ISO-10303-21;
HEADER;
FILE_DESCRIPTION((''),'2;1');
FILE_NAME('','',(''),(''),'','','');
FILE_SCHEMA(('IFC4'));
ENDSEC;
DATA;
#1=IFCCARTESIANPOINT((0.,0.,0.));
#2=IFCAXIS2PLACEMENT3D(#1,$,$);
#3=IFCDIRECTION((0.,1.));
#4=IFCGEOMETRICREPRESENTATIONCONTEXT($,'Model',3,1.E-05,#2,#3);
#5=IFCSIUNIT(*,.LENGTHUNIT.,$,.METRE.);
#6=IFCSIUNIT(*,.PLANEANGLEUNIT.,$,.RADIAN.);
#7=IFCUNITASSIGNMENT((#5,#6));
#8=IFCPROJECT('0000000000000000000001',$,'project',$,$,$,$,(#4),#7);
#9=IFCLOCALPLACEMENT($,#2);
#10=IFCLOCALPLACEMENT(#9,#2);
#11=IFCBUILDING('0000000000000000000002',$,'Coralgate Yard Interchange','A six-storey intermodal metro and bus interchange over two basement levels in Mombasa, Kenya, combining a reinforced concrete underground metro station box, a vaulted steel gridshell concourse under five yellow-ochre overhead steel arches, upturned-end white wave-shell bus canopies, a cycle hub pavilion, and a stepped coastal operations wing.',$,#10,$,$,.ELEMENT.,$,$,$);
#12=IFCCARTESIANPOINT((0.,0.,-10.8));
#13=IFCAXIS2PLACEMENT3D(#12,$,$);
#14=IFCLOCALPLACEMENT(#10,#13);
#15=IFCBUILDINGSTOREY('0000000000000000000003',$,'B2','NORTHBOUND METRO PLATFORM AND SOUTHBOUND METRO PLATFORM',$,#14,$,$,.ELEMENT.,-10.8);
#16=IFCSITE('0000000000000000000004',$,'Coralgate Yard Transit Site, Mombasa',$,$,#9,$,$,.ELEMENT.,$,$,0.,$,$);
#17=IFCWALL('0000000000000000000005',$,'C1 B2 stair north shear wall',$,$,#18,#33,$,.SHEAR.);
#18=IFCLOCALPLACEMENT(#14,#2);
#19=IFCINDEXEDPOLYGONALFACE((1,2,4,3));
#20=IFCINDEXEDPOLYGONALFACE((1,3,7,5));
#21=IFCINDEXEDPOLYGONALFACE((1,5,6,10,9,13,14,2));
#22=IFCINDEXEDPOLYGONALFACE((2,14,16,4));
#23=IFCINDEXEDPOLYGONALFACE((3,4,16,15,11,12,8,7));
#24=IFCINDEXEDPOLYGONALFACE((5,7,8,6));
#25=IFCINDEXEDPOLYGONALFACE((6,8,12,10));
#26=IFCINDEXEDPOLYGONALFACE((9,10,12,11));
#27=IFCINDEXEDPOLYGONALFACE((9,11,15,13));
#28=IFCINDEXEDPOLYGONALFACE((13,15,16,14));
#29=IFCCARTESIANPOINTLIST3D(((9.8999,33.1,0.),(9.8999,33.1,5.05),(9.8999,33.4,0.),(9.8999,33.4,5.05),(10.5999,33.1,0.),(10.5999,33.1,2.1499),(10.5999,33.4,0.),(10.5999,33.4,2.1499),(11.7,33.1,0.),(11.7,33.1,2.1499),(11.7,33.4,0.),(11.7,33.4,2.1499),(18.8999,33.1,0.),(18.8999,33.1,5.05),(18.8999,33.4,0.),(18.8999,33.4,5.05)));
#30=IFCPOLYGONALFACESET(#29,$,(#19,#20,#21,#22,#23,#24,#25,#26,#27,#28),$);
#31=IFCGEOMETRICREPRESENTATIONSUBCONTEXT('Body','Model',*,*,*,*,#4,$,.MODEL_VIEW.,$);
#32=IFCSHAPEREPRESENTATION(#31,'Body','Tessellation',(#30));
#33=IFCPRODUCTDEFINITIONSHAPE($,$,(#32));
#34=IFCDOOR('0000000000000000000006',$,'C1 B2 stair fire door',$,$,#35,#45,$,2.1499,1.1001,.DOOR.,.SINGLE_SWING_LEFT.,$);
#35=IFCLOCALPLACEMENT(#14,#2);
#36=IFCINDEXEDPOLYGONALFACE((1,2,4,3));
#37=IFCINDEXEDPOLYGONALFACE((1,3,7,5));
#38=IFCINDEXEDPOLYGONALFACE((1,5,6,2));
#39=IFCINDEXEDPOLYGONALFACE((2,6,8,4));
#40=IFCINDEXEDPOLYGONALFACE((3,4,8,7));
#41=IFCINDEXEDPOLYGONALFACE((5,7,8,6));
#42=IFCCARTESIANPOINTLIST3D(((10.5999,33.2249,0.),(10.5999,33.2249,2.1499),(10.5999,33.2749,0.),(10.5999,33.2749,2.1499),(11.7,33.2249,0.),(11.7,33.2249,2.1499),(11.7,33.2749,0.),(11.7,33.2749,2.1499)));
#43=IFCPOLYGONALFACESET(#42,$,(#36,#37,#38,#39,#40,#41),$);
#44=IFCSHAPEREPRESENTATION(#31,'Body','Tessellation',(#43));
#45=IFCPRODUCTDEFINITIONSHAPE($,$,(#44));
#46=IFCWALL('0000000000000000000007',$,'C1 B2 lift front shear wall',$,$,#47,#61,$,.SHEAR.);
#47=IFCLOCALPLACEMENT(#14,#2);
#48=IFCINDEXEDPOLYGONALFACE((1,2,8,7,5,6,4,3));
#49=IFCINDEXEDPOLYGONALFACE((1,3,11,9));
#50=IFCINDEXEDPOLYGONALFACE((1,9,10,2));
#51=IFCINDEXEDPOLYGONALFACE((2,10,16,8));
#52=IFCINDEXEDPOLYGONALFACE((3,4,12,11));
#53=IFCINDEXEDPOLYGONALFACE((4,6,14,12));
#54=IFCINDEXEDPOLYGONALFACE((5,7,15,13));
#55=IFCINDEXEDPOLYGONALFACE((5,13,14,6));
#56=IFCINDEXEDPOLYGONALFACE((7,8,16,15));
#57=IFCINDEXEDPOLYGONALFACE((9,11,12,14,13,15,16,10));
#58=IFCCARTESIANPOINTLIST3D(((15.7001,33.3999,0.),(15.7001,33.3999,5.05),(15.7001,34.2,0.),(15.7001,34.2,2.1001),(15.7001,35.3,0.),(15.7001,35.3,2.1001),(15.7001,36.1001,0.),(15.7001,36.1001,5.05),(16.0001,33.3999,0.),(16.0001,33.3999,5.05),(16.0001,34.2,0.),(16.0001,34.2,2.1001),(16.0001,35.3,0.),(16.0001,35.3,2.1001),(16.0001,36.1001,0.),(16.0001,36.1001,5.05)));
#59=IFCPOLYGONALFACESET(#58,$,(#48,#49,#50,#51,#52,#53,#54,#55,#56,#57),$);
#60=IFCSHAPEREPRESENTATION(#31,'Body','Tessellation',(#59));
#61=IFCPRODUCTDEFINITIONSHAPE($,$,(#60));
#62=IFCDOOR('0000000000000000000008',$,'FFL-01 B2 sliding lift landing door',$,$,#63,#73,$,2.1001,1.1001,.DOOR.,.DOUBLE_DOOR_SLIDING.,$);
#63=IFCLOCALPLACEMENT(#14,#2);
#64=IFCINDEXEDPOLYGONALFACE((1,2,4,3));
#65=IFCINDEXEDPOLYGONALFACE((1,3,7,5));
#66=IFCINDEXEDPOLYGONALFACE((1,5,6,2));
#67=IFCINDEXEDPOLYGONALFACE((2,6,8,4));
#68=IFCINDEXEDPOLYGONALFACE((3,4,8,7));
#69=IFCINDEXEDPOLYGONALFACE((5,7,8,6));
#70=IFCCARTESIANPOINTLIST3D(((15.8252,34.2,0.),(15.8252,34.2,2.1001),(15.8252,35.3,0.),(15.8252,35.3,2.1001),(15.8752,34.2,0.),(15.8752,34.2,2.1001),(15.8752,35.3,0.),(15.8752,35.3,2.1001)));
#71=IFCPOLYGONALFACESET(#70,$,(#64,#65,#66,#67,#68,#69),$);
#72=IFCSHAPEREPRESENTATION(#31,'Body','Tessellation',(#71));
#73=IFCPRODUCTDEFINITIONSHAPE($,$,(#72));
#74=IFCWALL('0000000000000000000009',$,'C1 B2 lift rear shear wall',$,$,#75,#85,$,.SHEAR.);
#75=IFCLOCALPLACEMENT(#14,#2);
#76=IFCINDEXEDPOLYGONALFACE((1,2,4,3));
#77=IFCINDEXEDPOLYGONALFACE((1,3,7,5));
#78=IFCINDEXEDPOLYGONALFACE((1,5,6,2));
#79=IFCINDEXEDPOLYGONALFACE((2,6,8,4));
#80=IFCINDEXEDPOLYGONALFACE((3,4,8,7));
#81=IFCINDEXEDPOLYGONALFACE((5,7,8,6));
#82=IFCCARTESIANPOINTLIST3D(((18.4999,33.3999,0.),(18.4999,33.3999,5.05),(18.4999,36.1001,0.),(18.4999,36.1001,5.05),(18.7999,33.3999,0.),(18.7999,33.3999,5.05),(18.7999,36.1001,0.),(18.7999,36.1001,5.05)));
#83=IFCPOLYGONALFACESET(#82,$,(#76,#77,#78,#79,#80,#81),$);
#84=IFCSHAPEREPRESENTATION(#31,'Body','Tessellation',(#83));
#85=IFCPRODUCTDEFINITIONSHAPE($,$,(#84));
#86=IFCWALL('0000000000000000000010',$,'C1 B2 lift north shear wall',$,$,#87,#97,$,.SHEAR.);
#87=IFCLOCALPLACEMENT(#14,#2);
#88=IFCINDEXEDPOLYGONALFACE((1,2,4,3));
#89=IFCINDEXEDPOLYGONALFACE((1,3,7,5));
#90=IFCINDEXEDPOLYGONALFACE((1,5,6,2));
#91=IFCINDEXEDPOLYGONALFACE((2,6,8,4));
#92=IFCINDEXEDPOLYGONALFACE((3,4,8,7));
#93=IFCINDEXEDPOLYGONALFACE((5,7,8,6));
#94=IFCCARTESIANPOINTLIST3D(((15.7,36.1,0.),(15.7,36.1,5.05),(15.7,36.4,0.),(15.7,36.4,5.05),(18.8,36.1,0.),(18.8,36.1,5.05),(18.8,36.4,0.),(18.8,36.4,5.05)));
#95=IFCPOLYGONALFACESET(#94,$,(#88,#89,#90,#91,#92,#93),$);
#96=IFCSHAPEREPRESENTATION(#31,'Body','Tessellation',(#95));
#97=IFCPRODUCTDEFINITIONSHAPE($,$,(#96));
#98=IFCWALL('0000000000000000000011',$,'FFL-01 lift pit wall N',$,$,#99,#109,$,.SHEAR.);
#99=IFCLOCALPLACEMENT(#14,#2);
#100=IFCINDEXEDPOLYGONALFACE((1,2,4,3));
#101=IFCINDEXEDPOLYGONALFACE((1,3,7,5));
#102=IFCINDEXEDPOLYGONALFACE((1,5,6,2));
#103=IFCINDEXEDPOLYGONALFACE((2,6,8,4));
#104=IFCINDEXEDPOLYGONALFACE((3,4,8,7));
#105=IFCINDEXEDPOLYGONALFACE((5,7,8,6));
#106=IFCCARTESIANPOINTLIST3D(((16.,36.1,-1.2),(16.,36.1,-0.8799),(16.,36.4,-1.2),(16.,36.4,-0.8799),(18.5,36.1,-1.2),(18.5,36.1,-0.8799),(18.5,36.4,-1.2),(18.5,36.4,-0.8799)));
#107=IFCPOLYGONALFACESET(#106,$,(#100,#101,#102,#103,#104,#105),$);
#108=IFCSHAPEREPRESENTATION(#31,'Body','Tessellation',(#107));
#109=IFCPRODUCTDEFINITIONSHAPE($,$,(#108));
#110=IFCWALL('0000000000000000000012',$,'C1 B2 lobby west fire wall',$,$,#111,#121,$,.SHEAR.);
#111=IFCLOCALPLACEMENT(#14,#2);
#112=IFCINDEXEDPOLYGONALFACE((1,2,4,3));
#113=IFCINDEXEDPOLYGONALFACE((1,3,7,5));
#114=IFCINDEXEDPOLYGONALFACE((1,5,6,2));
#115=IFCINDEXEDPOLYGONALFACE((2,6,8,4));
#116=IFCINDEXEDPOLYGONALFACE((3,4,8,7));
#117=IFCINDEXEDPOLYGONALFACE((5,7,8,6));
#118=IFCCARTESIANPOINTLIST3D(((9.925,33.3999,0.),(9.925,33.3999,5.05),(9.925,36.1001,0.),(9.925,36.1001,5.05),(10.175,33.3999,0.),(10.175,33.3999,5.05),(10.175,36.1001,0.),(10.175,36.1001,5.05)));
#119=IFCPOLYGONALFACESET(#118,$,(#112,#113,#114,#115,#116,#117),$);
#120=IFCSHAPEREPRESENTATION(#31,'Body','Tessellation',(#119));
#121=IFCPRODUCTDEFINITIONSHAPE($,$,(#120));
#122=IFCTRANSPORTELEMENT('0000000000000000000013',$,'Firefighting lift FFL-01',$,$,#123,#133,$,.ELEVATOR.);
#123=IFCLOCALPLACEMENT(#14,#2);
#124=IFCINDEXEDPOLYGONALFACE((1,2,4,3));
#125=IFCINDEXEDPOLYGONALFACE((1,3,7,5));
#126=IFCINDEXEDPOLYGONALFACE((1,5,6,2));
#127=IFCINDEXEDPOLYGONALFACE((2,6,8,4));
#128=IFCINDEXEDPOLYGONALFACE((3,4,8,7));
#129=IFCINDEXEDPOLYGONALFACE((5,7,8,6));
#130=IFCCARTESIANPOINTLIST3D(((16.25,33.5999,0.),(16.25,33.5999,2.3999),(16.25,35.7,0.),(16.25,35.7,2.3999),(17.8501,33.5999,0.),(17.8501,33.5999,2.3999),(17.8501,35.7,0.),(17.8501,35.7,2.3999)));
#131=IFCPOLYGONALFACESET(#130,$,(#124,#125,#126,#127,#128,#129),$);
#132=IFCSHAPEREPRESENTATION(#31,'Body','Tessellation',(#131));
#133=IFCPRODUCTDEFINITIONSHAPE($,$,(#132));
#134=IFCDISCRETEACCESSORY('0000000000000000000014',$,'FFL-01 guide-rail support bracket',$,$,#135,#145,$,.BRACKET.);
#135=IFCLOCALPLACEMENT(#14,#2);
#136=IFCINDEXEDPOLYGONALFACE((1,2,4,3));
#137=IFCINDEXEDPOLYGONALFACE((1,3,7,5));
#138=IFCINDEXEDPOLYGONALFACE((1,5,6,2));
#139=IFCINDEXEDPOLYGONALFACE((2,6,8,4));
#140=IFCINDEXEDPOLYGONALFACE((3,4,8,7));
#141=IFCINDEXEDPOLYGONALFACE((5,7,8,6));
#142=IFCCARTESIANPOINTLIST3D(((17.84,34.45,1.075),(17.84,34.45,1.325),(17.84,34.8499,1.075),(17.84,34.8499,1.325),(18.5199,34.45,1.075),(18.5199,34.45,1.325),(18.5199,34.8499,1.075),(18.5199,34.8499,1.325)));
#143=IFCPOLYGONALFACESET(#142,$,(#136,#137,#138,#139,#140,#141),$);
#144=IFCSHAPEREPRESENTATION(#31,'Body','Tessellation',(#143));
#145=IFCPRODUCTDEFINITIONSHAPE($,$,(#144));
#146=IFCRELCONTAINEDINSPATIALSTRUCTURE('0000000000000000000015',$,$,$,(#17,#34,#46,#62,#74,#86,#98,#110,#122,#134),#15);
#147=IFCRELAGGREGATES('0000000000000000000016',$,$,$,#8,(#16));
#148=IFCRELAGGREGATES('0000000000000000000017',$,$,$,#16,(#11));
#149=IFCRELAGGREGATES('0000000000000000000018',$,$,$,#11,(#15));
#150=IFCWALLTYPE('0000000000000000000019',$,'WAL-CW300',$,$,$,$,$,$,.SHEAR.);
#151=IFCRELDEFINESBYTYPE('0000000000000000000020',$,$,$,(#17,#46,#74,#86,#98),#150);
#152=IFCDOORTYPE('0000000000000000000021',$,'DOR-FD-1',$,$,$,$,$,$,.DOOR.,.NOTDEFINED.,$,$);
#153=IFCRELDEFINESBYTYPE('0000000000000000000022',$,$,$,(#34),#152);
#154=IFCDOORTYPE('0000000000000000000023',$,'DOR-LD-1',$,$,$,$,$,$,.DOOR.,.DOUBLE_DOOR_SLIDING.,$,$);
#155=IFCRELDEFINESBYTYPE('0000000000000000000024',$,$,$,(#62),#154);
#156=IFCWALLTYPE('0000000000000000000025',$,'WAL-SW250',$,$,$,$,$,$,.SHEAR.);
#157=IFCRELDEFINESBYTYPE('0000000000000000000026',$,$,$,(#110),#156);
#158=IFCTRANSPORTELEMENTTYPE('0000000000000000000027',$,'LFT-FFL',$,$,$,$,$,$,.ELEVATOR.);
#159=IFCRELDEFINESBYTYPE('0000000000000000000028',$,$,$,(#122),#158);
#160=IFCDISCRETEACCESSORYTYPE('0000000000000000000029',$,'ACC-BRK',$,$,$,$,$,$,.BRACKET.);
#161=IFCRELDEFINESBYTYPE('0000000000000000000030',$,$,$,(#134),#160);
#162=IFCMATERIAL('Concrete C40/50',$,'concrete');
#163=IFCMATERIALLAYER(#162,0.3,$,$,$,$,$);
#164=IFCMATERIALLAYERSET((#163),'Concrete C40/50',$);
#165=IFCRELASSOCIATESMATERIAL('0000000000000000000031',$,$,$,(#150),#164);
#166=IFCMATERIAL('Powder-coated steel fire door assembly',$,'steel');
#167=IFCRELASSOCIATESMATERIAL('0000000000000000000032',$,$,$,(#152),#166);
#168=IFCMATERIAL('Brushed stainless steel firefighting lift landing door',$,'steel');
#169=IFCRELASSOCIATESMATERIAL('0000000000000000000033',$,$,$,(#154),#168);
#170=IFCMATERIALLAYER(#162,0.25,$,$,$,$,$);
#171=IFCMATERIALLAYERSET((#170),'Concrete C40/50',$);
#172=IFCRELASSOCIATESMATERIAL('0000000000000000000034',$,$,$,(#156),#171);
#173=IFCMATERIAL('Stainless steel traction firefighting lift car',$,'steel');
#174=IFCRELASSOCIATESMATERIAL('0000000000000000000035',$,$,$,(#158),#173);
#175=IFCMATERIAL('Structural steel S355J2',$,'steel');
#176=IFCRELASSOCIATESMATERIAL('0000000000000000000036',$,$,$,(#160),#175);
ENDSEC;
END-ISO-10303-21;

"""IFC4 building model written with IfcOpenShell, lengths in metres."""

from ifc_helpers import new_model, si_unit, direction, frame, frame_2d, origin, origin_2d, place, context, subcontext, project, spatial, rectangle, extrude, material, layer, layer_set, type_object, element, fill, save


model = new_model("IFC4")

# Units and contexts
model_context = context("Model", 3, precision=1e-05, world=origin(), true_north=direction((0.0, 1.0)))
body_context = subcontext(model_context, "Body", "Model", "MODEL_VIEW")
ifc_project = project(units=[si_unit("LENGTHUNIT", "METRE"), si_unit("PLANEANGLEUNIT", "RADIAN")], contexts=[model_context])

# Site, building, storey
site_placement = place(None, origin())
site = spatial("IfcSite", under=ifc_project, at=site_placement, Name="Coralgate Yard Transit Site, Mombasa", CompositionType="ELEMENT", RefElevation=0.0)
building_placement = place(site_placement, origin())
building = spatial("IfcBuilding", under=site, at=building_placement, Name="Coralgate Yard Interchange", Description="A six-storey intermodal metro and bus interchange over two basement levels in Mombasa, Kenya, combining a reinforced concrete underground metro station box, a vaulted steel gridshell concourse under five yellow-ochre overhead steel arches, upturned-end white wave-shell bus canopies, a cycle hub pavilion, and a stepped coastal operations wing.", CompositionType="ELEMENT")
storey_placement = place(building_placement, frame((0.0, 0.0, -10.8)))
storey = spatial("IfcBuildingStorey", under=building, at=storey_placement, Name="B2", Description="NORTHBOUND METRO PLATFORM AND SOUTHBOUND METRO PLATFORM", CompositionType="ELEMENT", Elevation=-10.8)

# Shared definitions
ifc_material_1 = material(Name="Concrete C40/50", Category="concrete")

# Walls, openings, doors
ifc_layer_1 = layer(ifc_material_1, 0.3)
ifc_layer_set_1 = layer_set([ifc_layer_1], Name="Concrete C40/50")
wall_type_1 = type_object("IfcWallType", Name="WAL-CW300", PredefinedType="SHEAR", material=ifc_layer_set_1)
wall_1_placement = place(storey_placement, frame((18.8999, 33.25, 0.0), z_axis=(0.0, 0.0, 1.0), x_axis=(-1.0, 0.0, 0.0)))
wall_1 = element("IfcWall", 1, at=wall_1_placement, inside=storey, type_object=wall_type_1, Name="C1 B2 stair north shear wall", PredefinedType="SHEAR", context=body_context, shape_type="SweptSolid", body=[
    extrude(rectangle(XDim=9.0, YDim=0.3, at=frame_2d((4.5, 0.0))), origin(), (0.0, 0.0, 1.0), 5.05),
])
opening_1_placement = place(wall_1_placement, frame((7.2, 0.0, 0.0)))
opening_1 = element("IfcOpeningElement", 2, at=opening_1_placement, cuts=wall_1, PredefinedType="OPENING", context=body_context, shape_type="SweptSolid", body=[
    extrude(rectangle(XDim=1.1001, YDim=2.1499, at=frame_2d((0.55, 1.075))), frame((0.0, 0.1599, 0.0), z_axis=(0.0, -1.0, 0.0), x_axis=(1.0, 0.0, 0.0)), (0.0, 0.0, 1.0), 0.3201),
])
ifc_material_2 = material(Name="Powder-coated steel fire door assembly", Category="steel")
door_type_1 = type_object("IfcDoorType", Name="DOR-FD-1", OperationType="NOTDEFINED", PredefinedType="DOOR", material=ifc_material_2)
door_1_placement = place(opening_1_placement, frame((1.1001, 0.0, 0.0), z_axis=(0.0, 0.0, 1.0), x_axis=(-1.0, 0.0, 0.0)))
door_1 = element("IfcDoor", 3, at=door_1_placement, inside=storey, type_object=door_type_1, Name="C1 B2 stair fire door", OperationType="SINGLE_SWING_LEFT", OverallHeight=2.1499, OverallWidth=1.1001, PredefinedType="DOOR", context=body_context, shape_type="SweptSolid", body=[
    extrude(rectangle(XDim=1.1001, YDim=2.1499, at=frame_2d((0.55, 1.075))), frame((0.0, 0.0249, 0.0), z_axis=(0.0, -1.0, 0.0), x_axis=(1.0, 0.0, 0.0)), (0.0, 0.0, 1.0), 0.05),
])
fill(opening_1, door_1)
wall_2_placement = place(storey_placement, frame((15.8501, 36.1001, 0.0), z_axis=(0.0, 0.0, 1.0), x_axis=(0.0, -1.0, 0.0)))
wall_2 = element("IfcWall", 4, at=wall_2_placement, inside=storey, type_object=wall_type_1, Name="C1 B2 lift front shear wall", PredefinedType="SHEAR", context=body_context, shape_type="SweptSolid", body=[
    extrude(rectangle(XDim=2.7002, YDim=0.3, at=frame_2d((1.3501, 0.0))), origin(), (0.0, 0.0, 1.0), 5.05),
])
opening_2_placement = place(wall_2_placement, frame((0.8, 0.0, 0.0)))
opening_2 = element("IfcOpeningElement", 5, at=opening_2_placement, cuts=wall_2, PredefinedType="OPENING", context=body_context, shape_type="SweptSolid", body=[
    extrude(rectangle(XDim=1.1001, YDim=2.1001, at=frame_2d((0.55, 1.05))), frame((0.0, 0.1599, 0.0), z_axis=(0.0, -1.0, 0.0), x_axis=(1.0, 0.0, 0.0)), (0.0, 0.0, 1.0), 0.3201),
])
ifc_material_3 = material(Name="Brushed stainless steel firefighting lift landing door", Category="steel")
door_type_2 = type_object("IfcDoorType", Name="DOR-LD-1", OperationType="DOUBLE_DOOR_SLIDING", PredefinedType="DOOR", material=ifc_material_3)
door_2_placement = place(opening_2_placement, frame((1.1001, 0.0, 0.0), z_axis=(0.0, 0.0, 1.0), x_axis=(-1.0, 0.0, 0.0)))
door_2 = element("IfcDoor", 6, at=door_2_placement, inside=storey, type_object=door_type_2, Name="FFL-01 B2 sliding lift landing door", OperationType="DOUBLE_DOOR_SLIDING", OverallHeight=2.1001, OverallWidth=1.1001, PredefinedType="DOOR", context=body_context, shape_type="SweptSolid", body=[
    extrude(rectangle(XDim=1.1001, YDim=2.1001, at=frame_2d((0.55, 1.05))), frame((0.0, 0.0249, 0.0), z_axis=(0.0, -1.0, 0.0), x_axis=(1.0, 0.0, 0.0)), (0.0, 0.0, 1.0), 0.05),
])
fill(opening_2, door_2)

# Walls
wall_3_placement = place(storey_placement, frame((18.6499, 33.3999, 0.0), z_axis=(0.0, 0.0, 1.0), x_axis=(0.0, 1.0, 0.0)))
element("IfcWall", 7, at=wall_3_placement, inside=storey, type_object=wall_type_1, Name="C1 B2 lift rear shear wall", PredefinedType="SHEAR", context=body_context, shape_type="SweptSolid", body=[
    extrude(rectangle(XDim=2.7002, YDim=0.3, at=frame_2d((1.3501, 0.0))), origin(), (0.0, 0.0, 1.0), 5.05),
])
wall_4_placement = place(storey_placement, frame((15.7, 36.25, 0.0), z_axis=(0.0, 0.0, 1.0), x_axis=(1.0, 0.0, 0.0)))
element("IfcWall", 8, at=wall_4_placement, inside=storey, type_object=wall_type_1, Name="C1 B2 lift north shear wall", PredefinedType="SHEAR", context=body_context, shape_type="SweptSolid", body=[
    extrude(rectangle(XDim=3.1001, YDim=0.3, at=frame_2d((1.55, 0.0))), origin(), (0.0, 0.0, 1.0), 5.05),
])
wall_5_placement = place(storey_placement, frame((16.0, 36.25, -1.2), z_axis=(0.0, 0.0, 1.0), x_axis=(1.0, 0.0, 0.0)))
element("IfcWall", 9, at=wall_5_placement, inside=storey, type_object=wall_type_1, Name="FFL-01 lift pit wall N", PredefinedType="SHEAR", context=body_context, shape_type="SweptSolid", body=[
    extrude(rectangle(XDim=2.5, YDim=0.3, at=frame_2d((1.25, 0.0))), origin(), (0.0, 0.0, 1.0), 0.3201),
])

# Shared definitions
ifc_layer_2 = layer(ifc_material_1, 0.25)
ifc_layer_set_2 = layer_set([ifc_layer_2], Name="Concrete C40/50")
wall_type_2 = type_object("IfcWallType", Name="WAL-SW250", PredefinedType="SHEAR", material=ifc_layer_set_2)

# Wall
wall_6_placement = place(storey_placement, frame((10.05, 33.3999, 0.0), z_axis=(0.0, 0.0, 1.0), x_axis=(0.0, 1.0, 0.0)))
element("IfcWall", 10, at=wall_6_placement, inside=storey, type_object=wall_type_2, Name="C1 B2 lobby west fire wall", PredefinedType="SHEAR", context=body_context, shape_type="SweptSolid", body=[
    extrude(rectangle(XDim=2.7002, YDim=0.25, at=frame_2d((1.3501, 0.0))), origin(), (0.0, 0.0, 1.0), 5.05),
])

# Transport element
ifc_material_4 = material(Name="Stainless steel traction firefighting lift car", Category="steel")
transport_element_type = type_object("IfcTransportElementType", Name="LFT-FFL", PredefinedType="ELEVATOR", material=ifc_material_4)
transport_element_placement = place(storey_placement, frame((17.05, 34.6499, 0.0), z_axis=(0.0, 0.0, 1.0), x_axis=(1.0, 0.0, 0.0)))
element("IfcTransportElement", 11, at=transport_element_placement, inside=storey, type_object=transport_element_type, Name="Firefighting lift FFL-01", PredefinedType="ELEVATOR", context=body_context, shape_type="SweptSolid", body=[
    extrude(rectangle(XDim=1.6001, YDim=2.1001, at=origin_2d()), origin(), (0.0, 0.0, 1.0), 2.3999),
])

# Discrete accessory
ifc_material_5 = material(Name="Structural steel S355J2", Category="steel")
discrete_accessory_type = type_object("IfcDiscreteAccessoryType", Name="ACC-BRK", PredefinedType="BRACKET", material=ifc_material_5)
discrete_accessory_placement = place(storey_placement, frame((18.1799, 34.6499, 1.075), z_axis=(0.0, 0.0, 1.0), x_axis=(1.0, 0.0, 0.0)))
element("IfcDiscreteAccessory", 12, at=discrete_accessory_placement, inside=storey, type_object=discrete_accessory_type, Name="FFL-01 guide-rail support bracket", PredefinedType="BRACKET", context=body_context, shape_type="SweptSolid", body=[
    extrude(rectangle(XDim=0.6799, YDim=0.3999, at=origin_2d()), origin(), (0.0, 0.0, 1.0), 0.25),
])

save(model, "model.ifc")
